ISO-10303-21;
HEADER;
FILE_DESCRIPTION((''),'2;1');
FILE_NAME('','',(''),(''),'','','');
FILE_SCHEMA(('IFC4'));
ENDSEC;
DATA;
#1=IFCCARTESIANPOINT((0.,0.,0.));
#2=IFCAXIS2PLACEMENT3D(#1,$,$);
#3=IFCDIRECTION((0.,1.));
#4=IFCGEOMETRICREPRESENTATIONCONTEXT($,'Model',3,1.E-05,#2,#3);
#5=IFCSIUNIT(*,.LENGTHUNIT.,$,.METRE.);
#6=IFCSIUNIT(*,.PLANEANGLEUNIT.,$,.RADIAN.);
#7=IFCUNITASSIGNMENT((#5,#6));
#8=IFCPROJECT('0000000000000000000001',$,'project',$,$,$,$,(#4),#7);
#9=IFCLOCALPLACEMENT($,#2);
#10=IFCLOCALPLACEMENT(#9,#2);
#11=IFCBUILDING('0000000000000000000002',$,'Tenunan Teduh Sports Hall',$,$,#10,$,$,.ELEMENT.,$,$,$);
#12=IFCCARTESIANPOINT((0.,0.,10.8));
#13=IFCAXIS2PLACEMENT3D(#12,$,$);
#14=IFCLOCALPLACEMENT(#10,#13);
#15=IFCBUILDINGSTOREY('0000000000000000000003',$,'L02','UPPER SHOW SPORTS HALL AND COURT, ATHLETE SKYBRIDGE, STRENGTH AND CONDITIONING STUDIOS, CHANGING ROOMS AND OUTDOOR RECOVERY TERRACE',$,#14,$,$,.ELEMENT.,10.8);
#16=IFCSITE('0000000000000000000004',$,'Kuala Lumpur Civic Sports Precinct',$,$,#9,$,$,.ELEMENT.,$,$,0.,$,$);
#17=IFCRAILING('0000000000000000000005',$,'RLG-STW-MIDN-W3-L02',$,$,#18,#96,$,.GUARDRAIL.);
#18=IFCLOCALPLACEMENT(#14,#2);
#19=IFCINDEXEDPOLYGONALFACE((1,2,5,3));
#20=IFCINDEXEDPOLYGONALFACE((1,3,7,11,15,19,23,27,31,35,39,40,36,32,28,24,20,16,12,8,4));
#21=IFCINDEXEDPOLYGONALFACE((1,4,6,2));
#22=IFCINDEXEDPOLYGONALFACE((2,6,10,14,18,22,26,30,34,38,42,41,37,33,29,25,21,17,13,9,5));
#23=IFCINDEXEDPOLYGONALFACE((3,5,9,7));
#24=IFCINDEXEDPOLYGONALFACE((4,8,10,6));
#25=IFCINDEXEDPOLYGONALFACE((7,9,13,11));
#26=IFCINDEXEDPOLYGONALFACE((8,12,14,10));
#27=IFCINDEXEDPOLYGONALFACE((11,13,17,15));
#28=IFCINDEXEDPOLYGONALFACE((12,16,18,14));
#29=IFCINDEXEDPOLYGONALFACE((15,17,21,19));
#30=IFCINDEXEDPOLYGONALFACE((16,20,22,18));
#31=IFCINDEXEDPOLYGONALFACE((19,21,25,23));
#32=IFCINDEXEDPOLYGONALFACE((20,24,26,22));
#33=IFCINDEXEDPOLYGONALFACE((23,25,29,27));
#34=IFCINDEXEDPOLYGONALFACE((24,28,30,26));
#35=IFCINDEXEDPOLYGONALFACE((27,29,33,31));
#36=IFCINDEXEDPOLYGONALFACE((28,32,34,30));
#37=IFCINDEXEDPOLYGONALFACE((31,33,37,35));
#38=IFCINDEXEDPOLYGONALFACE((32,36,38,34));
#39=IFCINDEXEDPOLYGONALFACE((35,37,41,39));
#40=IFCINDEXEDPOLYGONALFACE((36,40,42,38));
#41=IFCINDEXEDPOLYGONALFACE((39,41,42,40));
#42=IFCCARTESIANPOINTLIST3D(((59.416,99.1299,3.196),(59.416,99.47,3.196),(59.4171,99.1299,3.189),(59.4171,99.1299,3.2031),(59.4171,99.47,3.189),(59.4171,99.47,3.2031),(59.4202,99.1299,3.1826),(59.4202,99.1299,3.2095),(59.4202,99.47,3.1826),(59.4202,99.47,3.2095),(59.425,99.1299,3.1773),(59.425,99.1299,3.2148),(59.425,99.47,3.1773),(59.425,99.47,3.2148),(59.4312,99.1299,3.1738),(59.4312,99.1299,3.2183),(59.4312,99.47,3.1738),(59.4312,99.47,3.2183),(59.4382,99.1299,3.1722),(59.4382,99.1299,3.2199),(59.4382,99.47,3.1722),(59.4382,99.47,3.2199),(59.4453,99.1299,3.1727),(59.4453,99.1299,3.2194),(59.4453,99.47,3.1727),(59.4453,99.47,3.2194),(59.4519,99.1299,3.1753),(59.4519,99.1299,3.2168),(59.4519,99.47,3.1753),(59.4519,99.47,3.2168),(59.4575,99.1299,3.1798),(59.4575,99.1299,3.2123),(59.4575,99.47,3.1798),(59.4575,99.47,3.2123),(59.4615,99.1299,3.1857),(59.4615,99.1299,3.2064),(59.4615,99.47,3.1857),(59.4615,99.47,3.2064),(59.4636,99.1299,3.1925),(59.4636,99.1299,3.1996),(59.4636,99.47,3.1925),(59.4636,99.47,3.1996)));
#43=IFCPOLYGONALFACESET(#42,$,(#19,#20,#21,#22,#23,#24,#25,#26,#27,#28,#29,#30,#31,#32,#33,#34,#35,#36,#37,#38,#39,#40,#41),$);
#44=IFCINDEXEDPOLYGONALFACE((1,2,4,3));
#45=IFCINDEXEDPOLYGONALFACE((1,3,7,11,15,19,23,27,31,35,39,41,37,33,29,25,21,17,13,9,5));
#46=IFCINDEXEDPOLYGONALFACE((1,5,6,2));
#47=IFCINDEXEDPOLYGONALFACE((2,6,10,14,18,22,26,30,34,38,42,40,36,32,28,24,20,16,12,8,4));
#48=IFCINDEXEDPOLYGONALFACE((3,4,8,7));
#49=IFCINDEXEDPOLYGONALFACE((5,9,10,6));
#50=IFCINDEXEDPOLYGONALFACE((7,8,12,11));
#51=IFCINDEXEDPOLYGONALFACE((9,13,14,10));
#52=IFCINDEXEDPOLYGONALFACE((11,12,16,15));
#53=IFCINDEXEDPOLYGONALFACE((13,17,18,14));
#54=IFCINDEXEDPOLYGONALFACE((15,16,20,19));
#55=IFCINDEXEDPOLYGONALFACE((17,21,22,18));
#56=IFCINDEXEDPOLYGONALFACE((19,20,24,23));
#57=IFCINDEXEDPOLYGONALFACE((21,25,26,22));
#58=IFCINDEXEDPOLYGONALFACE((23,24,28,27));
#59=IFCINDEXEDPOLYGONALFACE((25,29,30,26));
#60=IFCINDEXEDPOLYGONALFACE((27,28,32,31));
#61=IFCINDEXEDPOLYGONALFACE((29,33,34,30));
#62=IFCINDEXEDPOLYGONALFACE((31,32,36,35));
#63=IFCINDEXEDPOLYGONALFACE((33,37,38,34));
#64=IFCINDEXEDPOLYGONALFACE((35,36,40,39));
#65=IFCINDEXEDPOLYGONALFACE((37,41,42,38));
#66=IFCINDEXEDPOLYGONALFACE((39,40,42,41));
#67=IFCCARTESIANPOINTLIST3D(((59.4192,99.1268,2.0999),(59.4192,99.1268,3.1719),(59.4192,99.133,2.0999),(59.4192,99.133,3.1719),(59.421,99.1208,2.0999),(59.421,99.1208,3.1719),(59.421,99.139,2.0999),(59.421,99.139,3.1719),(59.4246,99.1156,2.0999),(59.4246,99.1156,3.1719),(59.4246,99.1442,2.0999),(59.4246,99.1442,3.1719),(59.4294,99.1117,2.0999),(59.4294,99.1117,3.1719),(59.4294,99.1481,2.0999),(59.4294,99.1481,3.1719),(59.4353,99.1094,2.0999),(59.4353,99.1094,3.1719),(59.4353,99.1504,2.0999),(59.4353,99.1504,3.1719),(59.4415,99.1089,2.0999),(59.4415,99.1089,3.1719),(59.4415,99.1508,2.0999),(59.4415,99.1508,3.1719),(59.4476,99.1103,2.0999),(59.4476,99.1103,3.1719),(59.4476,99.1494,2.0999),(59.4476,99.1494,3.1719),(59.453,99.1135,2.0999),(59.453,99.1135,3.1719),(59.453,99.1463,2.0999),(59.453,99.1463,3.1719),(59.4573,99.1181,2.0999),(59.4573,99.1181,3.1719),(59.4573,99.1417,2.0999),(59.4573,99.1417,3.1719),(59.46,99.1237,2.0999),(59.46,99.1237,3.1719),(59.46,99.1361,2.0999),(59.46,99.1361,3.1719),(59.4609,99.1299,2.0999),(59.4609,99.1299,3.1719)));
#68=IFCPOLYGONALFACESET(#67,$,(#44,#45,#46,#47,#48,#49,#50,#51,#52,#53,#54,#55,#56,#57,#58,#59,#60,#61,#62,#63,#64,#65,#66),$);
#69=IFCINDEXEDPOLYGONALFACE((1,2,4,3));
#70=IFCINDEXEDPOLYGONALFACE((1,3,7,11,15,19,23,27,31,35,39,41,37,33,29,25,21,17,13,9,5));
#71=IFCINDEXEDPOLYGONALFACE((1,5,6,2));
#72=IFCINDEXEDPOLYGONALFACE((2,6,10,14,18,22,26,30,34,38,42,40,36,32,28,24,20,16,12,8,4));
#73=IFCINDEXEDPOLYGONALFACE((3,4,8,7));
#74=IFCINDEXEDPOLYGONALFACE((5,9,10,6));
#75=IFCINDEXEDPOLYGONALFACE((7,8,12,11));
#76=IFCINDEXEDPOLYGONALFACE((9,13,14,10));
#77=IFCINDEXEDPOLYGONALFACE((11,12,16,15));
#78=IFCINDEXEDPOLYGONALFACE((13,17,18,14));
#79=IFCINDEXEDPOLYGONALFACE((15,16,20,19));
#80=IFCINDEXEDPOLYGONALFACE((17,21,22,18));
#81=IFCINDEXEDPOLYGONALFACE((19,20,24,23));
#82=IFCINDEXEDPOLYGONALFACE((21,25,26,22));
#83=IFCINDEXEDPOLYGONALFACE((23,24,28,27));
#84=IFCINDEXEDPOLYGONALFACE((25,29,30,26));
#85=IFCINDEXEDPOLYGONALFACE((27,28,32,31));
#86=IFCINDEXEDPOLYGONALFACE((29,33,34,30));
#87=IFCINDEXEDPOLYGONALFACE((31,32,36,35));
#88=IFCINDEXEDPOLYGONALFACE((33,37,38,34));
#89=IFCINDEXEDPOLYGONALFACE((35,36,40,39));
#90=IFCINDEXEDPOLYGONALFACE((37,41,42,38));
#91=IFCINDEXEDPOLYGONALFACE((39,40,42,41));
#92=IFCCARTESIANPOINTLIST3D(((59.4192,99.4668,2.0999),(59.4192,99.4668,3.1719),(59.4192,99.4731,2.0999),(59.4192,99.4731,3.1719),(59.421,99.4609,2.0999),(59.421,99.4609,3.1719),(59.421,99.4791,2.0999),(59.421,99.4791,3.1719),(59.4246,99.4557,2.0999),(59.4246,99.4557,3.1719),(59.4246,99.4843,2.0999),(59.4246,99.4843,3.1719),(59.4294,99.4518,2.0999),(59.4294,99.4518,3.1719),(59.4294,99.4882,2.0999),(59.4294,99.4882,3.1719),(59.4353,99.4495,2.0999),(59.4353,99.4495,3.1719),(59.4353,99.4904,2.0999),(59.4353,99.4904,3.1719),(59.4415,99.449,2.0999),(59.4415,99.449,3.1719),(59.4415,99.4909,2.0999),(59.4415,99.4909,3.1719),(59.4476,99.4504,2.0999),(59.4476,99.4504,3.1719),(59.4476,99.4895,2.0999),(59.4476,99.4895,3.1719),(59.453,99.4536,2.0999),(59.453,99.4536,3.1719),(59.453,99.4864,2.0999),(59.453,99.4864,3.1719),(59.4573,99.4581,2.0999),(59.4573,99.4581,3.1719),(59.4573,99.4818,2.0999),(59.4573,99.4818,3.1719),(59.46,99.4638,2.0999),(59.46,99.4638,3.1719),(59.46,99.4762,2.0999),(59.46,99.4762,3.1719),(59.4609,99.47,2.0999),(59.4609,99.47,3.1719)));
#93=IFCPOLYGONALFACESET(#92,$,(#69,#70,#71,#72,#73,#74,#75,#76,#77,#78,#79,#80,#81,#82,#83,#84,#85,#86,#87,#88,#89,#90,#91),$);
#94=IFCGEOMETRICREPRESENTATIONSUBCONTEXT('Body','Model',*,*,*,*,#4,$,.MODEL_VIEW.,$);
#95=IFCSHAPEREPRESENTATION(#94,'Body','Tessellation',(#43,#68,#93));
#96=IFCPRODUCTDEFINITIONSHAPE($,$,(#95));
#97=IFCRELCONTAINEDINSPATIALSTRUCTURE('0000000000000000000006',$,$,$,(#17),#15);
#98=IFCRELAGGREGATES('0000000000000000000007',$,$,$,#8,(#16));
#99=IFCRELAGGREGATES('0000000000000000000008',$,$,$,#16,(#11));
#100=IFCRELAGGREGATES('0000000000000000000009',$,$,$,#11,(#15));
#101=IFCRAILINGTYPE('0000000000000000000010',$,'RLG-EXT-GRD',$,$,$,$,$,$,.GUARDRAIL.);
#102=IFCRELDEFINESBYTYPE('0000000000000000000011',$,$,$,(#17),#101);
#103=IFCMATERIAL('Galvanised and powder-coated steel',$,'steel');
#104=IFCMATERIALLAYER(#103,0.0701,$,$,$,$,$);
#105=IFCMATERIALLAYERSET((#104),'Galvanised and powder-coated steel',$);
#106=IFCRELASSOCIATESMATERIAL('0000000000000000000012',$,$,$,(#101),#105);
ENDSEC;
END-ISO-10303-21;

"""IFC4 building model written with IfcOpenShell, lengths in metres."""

from ifc_helpers import new_model, si_unit, direction, frame, origin, origin_2d, place, context, subcontext, project, spatial, circle, extrude, material, layer, layer_set, type_object, element, save


model = new_model("IFC4")

# Units and contexts
model_context = context("Model", 3, precision=1e-05, world=origin(), true_north=direction((0.0, 1.0)))
body_context = subcontext(model_context, "Body", "Model", "MODEL_VIEW")
ifc_project = project(units=[si_unit("LENGTHUNIT", "METRE"), si_unit("PLANEANGLEUNIT", "RADIAN")], contexts=[model_context])

# Site, building, storey
site_placement = place(None, origin())
site = spatial("IfcSite", under=ifc_project, at=site_placement, Name="Kuala Lumpur Civic Sports Precinct", CompositionType="ELEMENT", RefElevation=0.0)
building_placement = place(site_placement, origin())
building = spatial("IfcBuilding", under=site, at=building_placement, Name="Tenunan Teduh Sports Hall", CompositionType="ELEMENT")
storey_placement = place(building_placement, frame((0.0, 0.0, 10.8)))
storey = spatial("IfcBuildingStorey", under=building, at=storey_placement, Name="L02", Description="UPPER SHOW SPORTS HALL AND COURT, ATHLETE SKYBRIDGE, STRENGTH AND CONDITIONING STUDIOS, CHANGING ROOMS AND OUTDOOR RECOVERY TERRACE", CompositionType="ELEMENT", Elevation=10.8)

# Railing
ifc_material_1 = material(Name="Galvanised and powder-coated steel", Category="steel")
ifc_layer_1 = layer(ifc_material_1, 0.0701)
ifc_layer_set_1 = layer_set([ifc_layer_1], Name="Galvanised and powder-coated steel")
railing_type_1 = type_object("IfcRailingType", Name="RLG-EXT-GRD", PredefinedType="GUARDRAIL", material=ifc_layer_set_1)
railing_1_placement = place(storey_placement, frame((59.4399, 99.1299, 2.0999)))
element("IfcRailing", 1, at=railing_1_placement, inside=storey, type_object=railing_type_1, Name="RLG-STW-MIDN-W3-L02", PredefinedType="GUARDRAIL", context=body_context, shape_type="SweptSolid", body=[
    extrude(circle(Radius=0.0239, at=origin_2d()), frame((0.0, 0.0, 1.0962), z_axis=(0.0, 1.0, 0.0), x_axis=(-1.0, 0.0, 0.0)), (0.0, 0.0, 1.0), 0.3401),
    extrude(circle(Radius=0.021, at=origin_2d()), origin(), (0.0, 0.0, 1.0), 1.072),
    extrude(circle(Radius=0.021, at=origin_2d()), frame((0.0, 0.3401, 0.0)), (0.0, 0.0, 1.0), 1.072),
])

save(model, "model.ifc")
